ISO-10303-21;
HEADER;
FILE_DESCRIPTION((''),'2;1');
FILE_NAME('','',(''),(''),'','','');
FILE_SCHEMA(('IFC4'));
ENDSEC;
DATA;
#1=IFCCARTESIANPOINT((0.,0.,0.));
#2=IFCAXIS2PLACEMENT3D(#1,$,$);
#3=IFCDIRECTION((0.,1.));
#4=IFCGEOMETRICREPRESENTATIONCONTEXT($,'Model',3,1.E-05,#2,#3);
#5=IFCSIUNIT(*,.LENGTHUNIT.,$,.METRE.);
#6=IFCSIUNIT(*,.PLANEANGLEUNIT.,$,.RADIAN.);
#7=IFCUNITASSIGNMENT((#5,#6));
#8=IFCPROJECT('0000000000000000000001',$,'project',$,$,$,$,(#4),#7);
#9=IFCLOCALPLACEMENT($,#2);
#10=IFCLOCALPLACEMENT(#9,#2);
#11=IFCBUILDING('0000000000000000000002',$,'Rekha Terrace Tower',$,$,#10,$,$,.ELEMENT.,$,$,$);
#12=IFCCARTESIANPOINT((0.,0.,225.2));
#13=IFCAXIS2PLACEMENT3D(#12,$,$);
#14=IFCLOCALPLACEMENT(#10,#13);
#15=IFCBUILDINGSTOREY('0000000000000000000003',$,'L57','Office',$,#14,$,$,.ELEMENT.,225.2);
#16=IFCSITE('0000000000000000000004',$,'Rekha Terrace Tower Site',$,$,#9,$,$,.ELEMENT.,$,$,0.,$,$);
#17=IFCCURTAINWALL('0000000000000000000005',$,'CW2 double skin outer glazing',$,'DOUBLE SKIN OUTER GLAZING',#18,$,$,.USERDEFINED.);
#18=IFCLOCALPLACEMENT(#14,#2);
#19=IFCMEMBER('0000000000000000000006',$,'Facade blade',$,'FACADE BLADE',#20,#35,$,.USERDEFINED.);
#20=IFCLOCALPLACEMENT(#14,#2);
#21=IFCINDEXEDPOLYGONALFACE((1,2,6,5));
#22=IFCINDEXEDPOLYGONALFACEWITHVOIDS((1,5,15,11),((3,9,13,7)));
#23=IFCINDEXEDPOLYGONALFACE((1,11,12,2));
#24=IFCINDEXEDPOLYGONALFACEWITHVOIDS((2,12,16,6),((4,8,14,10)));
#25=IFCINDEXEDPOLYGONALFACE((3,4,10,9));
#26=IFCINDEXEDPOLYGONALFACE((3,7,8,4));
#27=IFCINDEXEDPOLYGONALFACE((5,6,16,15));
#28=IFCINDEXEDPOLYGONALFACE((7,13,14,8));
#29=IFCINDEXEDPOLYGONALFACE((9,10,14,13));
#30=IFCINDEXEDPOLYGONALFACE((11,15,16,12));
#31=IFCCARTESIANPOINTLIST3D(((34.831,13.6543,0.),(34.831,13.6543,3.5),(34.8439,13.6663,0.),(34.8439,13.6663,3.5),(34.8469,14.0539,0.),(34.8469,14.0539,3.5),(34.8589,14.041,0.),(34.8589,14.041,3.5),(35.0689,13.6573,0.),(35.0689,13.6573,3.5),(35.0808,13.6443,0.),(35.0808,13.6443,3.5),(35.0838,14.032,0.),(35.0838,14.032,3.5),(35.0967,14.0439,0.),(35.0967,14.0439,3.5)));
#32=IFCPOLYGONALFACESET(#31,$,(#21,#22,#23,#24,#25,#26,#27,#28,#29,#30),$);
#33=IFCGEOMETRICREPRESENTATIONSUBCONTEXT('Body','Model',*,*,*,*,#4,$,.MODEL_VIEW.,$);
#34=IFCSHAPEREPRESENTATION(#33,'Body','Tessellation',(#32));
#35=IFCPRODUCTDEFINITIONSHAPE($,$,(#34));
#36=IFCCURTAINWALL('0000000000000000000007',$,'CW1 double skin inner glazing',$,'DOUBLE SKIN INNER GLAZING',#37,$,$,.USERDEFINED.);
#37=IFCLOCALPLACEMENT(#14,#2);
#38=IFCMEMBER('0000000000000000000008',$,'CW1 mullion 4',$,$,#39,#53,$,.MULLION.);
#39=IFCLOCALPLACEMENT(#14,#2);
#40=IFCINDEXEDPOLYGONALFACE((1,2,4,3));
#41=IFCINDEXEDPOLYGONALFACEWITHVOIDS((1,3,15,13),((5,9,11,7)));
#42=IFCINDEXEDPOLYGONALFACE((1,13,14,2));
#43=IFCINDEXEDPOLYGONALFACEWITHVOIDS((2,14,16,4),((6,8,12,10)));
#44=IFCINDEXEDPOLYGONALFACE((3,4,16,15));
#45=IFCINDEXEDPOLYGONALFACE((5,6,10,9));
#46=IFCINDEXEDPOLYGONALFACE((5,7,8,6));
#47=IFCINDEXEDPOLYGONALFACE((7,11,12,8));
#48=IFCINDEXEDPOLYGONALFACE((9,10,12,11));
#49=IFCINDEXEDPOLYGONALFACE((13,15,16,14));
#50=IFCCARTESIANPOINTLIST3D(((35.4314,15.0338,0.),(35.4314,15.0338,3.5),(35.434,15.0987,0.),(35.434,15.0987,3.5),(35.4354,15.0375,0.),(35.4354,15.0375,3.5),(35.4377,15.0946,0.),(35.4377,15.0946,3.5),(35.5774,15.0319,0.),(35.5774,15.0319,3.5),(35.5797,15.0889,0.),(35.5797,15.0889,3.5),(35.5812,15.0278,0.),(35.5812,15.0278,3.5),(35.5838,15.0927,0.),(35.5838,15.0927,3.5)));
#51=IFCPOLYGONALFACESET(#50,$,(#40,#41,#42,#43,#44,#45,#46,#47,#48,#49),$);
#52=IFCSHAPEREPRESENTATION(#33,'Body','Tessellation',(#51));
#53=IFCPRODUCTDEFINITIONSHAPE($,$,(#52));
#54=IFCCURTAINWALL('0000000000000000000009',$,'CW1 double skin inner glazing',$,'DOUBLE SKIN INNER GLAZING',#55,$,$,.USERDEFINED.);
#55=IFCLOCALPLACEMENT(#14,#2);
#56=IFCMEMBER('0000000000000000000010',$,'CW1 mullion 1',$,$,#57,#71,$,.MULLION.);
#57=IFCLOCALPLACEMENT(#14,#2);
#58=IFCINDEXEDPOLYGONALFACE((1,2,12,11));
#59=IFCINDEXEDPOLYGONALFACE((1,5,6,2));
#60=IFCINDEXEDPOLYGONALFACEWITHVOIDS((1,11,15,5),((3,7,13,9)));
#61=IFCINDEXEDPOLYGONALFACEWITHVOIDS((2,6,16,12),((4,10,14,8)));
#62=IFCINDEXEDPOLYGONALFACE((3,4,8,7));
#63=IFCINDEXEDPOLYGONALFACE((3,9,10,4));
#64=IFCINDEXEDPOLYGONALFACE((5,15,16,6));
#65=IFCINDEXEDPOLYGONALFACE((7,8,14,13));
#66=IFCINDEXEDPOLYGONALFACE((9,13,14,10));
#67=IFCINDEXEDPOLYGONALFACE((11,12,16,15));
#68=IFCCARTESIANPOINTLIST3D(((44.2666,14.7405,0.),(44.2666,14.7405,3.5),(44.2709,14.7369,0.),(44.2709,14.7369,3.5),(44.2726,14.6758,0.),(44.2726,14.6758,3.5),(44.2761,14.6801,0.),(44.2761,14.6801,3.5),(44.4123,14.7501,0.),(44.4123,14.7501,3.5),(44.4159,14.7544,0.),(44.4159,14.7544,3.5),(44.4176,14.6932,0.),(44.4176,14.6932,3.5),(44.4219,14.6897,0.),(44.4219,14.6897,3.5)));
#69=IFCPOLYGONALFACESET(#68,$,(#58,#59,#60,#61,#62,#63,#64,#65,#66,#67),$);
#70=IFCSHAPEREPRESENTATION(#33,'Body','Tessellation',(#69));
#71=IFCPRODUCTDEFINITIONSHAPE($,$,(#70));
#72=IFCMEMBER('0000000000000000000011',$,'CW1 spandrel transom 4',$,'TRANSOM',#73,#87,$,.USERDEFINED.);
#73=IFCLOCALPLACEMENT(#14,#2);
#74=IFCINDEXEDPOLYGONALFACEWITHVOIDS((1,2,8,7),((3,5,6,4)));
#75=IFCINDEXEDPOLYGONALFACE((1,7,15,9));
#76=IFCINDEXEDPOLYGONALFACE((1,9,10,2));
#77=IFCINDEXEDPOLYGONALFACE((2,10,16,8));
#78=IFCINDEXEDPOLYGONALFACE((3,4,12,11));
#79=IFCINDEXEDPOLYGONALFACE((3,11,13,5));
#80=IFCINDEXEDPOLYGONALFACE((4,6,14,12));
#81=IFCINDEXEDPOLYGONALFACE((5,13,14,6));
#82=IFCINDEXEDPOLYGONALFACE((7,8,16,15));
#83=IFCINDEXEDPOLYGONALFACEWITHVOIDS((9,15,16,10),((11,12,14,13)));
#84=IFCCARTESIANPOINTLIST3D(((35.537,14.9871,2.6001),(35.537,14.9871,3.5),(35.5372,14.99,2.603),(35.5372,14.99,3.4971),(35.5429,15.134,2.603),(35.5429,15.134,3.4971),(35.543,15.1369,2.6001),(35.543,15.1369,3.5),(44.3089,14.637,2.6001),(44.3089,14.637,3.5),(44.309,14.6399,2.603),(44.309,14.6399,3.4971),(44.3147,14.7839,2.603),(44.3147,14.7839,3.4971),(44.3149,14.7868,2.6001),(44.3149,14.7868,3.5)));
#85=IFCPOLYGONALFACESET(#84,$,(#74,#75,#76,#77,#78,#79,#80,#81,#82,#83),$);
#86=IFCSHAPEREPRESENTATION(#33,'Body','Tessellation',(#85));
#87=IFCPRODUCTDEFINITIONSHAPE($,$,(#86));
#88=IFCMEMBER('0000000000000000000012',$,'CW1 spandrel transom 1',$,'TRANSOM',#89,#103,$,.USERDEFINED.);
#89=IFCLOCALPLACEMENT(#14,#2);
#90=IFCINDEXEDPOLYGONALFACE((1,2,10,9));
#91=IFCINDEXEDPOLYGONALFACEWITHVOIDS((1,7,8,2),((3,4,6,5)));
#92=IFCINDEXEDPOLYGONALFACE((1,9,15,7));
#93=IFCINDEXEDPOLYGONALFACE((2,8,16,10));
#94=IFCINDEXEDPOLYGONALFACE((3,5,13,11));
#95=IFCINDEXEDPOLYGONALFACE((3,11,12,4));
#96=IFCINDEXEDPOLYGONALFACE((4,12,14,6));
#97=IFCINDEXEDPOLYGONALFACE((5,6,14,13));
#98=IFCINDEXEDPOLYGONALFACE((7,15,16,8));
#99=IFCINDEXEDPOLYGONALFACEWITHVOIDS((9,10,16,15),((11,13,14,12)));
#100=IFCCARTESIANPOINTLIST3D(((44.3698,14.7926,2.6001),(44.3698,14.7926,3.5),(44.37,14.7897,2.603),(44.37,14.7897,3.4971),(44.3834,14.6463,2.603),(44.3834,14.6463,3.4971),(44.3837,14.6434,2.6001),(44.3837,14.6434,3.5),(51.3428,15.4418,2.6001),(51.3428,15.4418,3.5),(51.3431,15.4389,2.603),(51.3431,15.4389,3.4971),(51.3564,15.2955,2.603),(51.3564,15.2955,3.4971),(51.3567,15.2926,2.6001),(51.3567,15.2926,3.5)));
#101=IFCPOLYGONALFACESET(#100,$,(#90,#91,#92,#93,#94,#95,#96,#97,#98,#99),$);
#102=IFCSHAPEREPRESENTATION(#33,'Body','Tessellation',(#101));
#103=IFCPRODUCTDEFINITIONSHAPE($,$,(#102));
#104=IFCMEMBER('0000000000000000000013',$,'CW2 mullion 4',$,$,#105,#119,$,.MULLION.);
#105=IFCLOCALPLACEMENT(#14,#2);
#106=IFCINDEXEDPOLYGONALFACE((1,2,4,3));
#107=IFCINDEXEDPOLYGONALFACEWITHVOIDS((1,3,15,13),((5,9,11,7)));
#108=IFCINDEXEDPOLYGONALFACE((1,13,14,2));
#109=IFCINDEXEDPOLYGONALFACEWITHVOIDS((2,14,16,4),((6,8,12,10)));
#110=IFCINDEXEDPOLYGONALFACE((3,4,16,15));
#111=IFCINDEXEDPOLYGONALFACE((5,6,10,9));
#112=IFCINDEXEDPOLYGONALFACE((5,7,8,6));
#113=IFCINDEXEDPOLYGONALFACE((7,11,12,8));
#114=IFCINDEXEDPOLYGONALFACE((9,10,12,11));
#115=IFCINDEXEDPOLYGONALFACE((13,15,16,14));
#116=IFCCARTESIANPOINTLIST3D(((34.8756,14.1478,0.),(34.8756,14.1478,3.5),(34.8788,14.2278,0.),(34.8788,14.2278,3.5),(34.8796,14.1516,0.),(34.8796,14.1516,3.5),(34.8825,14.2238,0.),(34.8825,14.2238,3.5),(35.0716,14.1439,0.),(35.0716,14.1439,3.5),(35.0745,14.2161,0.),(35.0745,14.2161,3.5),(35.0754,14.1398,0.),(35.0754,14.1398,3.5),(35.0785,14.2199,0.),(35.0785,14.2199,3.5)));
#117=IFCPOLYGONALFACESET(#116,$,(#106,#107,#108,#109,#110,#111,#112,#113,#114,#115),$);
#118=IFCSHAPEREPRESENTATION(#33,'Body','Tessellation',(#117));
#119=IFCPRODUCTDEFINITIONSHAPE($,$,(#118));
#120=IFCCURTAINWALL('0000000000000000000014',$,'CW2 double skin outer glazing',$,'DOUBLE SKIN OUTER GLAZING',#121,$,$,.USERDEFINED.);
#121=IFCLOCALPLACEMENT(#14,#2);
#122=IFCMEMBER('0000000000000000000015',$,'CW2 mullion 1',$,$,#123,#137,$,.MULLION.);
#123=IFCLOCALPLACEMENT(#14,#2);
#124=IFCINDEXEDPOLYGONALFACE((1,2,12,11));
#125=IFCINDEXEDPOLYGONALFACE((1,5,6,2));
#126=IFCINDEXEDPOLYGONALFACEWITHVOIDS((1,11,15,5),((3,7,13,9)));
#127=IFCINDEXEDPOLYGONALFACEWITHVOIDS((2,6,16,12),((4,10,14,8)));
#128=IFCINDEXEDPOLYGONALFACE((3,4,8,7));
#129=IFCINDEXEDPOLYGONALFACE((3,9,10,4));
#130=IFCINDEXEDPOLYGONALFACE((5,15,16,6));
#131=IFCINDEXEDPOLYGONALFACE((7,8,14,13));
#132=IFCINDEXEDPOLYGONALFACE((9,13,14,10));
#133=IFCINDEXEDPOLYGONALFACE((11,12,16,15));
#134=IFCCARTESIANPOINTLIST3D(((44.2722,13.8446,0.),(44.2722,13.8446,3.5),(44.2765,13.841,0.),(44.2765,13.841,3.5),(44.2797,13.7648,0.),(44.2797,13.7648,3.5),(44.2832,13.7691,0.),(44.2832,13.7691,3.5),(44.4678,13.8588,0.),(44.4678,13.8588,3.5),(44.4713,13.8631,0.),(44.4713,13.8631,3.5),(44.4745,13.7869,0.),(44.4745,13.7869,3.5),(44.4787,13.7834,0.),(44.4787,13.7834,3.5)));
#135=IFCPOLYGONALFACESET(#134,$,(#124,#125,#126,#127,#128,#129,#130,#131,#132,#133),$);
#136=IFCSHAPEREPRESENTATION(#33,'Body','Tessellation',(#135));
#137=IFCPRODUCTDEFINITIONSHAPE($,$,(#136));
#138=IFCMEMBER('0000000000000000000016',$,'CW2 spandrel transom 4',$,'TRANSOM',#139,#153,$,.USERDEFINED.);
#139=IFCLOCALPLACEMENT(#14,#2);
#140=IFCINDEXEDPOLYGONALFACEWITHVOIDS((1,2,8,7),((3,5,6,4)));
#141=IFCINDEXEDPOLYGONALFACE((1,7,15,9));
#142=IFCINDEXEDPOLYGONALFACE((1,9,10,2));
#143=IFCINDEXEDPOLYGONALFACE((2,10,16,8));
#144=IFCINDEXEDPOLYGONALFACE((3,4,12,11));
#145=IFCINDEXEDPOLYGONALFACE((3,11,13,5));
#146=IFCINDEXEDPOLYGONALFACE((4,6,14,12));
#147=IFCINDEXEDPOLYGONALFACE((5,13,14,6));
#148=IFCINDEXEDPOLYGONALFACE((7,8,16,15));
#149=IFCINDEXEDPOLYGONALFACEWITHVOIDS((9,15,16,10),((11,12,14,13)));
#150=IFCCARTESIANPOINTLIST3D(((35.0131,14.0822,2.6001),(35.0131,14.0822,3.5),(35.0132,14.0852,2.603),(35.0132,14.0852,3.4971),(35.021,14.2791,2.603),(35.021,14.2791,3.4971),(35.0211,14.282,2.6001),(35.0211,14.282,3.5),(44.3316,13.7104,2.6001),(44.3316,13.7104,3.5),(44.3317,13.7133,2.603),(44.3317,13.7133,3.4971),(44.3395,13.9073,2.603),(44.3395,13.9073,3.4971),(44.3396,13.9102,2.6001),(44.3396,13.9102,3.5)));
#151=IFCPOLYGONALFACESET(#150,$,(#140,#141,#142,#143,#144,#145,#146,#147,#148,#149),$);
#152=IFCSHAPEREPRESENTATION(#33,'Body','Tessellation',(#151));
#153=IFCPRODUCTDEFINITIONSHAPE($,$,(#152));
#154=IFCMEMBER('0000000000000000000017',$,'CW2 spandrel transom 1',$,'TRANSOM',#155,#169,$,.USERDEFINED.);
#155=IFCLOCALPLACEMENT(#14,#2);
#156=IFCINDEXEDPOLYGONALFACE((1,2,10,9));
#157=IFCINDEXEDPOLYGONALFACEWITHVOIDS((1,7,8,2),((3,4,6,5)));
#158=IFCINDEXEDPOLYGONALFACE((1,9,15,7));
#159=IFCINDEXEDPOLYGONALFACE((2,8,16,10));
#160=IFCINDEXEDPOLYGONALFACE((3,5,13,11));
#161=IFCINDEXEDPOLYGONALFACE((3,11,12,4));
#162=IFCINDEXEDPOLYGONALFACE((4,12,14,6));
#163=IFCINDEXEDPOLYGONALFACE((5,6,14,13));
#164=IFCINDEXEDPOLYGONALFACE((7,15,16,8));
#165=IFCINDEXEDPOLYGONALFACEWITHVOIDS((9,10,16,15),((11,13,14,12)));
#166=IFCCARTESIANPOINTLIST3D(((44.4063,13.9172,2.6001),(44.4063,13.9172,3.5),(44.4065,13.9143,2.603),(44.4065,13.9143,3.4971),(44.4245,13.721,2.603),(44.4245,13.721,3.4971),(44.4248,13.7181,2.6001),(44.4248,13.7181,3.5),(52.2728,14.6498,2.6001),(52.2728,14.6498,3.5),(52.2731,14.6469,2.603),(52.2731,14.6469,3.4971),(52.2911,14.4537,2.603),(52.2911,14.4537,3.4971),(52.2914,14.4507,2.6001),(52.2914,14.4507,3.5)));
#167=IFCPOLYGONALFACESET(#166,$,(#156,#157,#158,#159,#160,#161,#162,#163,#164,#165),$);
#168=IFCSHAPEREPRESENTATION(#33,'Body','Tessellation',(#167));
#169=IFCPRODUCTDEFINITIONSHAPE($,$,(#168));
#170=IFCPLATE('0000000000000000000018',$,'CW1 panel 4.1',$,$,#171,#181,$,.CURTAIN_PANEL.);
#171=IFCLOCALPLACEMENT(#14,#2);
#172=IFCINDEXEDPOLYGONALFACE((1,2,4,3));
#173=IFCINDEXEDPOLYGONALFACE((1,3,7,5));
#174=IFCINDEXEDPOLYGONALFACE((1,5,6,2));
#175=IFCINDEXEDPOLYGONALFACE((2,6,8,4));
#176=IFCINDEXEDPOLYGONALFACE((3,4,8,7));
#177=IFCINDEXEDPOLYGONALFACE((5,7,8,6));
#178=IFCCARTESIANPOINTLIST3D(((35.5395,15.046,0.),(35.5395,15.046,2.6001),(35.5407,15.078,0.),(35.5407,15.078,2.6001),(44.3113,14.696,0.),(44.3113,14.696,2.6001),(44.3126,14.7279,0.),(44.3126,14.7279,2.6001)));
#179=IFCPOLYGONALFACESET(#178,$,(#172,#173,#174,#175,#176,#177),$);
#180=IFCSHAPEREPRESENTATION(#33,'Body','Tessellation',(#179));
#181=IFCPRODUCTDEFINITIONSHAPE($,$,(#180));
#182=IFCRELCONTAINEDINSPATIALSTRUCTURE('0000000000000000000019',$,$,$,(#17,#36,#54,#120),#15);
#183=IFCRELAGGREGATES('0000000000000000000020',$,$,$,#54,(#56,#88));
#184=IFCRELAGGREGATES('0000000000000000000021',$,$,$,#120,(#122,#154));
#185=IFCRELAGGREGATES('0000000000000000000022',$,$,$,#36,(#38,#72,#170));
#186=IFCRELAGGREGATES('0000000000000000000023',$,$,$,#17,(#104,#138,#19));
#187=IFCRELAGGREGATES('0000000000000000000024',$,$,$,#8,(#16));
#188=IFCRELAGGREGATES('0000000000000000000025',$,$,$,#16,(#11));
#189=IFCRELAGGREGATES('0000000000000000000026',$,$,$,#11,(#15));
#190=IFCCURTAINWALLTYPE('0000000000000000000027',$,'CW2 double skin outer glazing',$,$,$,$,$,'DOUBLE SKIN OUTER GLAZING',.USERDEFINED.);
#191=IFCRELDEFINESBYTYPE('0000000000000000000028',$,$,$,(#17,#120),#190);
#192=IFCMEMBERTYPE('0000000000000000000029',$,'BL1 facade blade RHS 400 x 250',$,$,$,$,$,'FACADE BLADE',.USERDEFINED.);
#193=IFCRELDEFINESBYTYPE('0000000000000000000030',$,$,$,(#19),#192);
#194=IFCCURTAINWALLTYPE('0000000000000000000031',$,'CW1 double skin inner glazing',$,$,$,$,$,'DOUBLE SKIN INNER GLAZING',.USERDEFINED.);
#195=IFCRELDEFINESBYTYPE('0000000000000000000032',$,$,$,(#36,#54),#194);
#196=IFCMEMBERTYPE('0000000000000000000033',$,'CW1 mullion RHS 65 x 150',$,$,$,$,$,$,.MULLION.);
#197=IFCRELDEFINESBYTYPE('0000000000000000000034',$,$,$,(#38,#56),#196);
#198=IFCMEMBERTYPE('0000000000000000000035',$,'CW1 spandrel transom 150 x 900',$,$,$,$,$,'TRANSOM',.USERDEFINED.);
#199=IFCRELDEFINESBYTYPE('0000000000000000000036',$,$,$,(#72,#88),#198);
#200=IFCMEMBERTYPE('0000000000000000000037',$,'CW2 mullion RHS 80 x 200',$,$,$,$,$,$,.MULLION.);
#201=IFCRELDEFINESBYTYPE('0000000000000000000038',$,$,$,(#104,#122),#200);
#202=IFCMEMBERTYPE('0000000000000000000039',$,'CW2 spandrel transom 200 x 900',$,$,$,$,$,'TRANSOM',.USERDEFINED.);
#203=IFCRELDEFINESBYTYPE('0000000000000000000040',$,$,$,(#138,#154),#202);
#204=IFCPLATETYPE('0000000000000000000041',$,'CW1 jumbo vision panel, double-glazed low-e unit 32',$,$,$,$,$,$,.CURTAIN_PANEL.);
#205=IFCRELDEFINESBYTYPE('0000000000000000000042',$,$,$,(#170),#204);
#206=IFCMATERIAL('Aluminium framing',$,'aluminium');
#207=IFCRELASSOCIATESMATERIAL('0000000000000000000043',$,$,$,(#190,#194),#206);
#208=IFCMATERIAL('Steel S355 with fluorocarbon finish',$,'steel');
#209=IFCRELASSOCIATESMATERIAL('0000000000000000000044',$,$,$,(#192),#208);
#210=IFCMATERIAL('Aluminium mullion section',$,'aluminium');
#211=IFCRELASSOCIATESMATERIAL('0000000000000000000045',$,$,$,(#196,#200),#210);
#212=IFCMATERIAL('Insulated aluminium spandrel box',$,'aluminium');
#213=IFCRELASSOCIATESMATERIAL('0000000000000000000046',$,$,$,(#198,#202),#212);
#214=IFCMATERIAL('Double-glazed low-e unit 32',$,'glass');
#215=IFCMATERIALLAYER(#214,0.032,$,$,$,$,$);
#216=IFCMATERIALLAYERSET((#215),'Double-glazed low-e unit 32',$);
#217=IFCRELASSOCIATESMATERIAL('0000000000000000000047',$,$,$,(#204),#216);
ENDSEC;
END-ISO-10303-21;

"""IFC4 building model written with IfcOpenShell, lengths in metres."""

from ifc_helpers import new_model, si_unit, direction, frame, origin, origin_2d, place, context, subcontext, project, spatial, rectangle, hollow_rectangle, extrude, material, layer, layer_set, material_profile, profile_set, type_object, element, aggregate, save


model = new_model("IFC4")

# Units and contexts
model_context = context("Model", 3, precision=1e-05, world=origin(), true_north=direction((0.0, 1.0)))
body_context = subcontext(model_context, "Body", "Model", "MODEL_VIEW")
ifc_project = project(units=[si_unit("LENGTHUNIT", "METRE"), si_unit("PLANEANGLEUNIT", "RADIAN")], contexts=[model_context])

# Site, building, storey
site_placement = place(None, origin())
site = spatial("IfcSite", under=ifc_project, at=site_placement, Name="Rekha Terrace Tower Site", CompositionType="ELEMENT", RefElevation=0.0)
building_placement = place(site_placement, origin())
building = spatial("IfcBuilding", under=site, at=building_placement, Name="Rekha Terrace Tower", CompositionType="ELEMENT")
storey_placement = place(building_placement, frame((0.0, 0.0, 225.2)))
storey = spatial("IfcBuildingStorey", under=building, at=storey_placement, Name="L57", Description="Office", CompositionType="ELEMENT", Elevation=225.2)

# Curtain walls, members
ifc_material_1 = material(Name="Aluminium framing", Category="aluminium")
curtain_wall_type_1 = type_object("IfcCurtainWallType", Name="CW2 double skin outer glazing", ElementType="DOUBLE SKIN OUTER GLAZING", PredefinedType="USERDEFINED", material=ifc_material_1)
curtain_wall_1_placement = place(storey_placement, origin())
curtain_wall_1 = element("IfcCurtainWall", 1, at=curtain_wall_1_placement, inside=storey, type_object=curtain_wall_type_1, Name="CW2 double skin outer glazing", ObjectType="DOUBLE SKIN OUTER GLAZING", PredefinedType="USERDEFINED")
ifc_material_2 = material(Name="Steel S355 with fluorocarbon finish", Category="steel")
ifc_material_profile_1 = material_profile(ifc_material_2, hollow_rectangle(XDim=0.25, YDim=0.3999, WallThickness=0.0125, at=origin_2d()), Name="RHS400x250x12.5")
ifc_profile_set_1 = profile_set([ifc_material_profile_1], Name="Steel S355 with fluorocarbon finish")
member_type_1 = type_object("IfcMemberType", Name="BL1 facade blade RHS 400 x 250", ElementType="FACADE BLADE", PredefinedType="USERDEFINED", material=ifc_profile_set_1)
member_1_placement = place(storey_placement, frame((34.9639, 13.8491, 0.0), z_axis=(0.0, 0.0, 1.0), x_axis=(0.999205, -0.039872, 0.0)))
member_1 = element("IfcMember", 2, at=member_1_placement, type_object=member_type_1, Name="Facade blade", ObjectType="FACADE BLADE", PredefinedType="USERDEFINED", context=body_context, shape_type="SweptSolid", body=[
    extrude(hollow_rectangle(XDim=0.25, YDim=0.3999, WallThickness=0.0125, at=origin_2d()), origin(), (0.0, 0.0, 1.0), 3.5),
])
curtain_wall_type_2 = type_object("IfcCurtainWallType", Name="CW1 double skin inner glazing", ElementType="DOUBLE SKIN INNER GLAZING", PredefinedType="USERDEFINED", material=ifc_material_1)
curtain_wall_2_placement = place(storey_placement, origin())
curtain_wall_2 = element("IfcCurtainWall", 3, at=curtain_wall_2_placement, inside=storey, type_object=curtain_wall_type_2, Name="CW1 double skin inner glazing", ObjectType="DOUBLE SKIN INNER GLAZING", PredefinedType="USERDEFINED")
ifc_material_3 = material(Name="Aluminium mullion section", Category="aluminium")
ifc_material_profile_2 = material_profile(ifc_material_3, hollow_rectangle(XDim=0.0649, YDim=0.1499, WallThickness=0.0039, at=origin_2d()), Name="AL RHS 65x150")
ifc_profile_set_2 = profile_set([ifc_material_profile_2], Name="Aluminium mullion section")
member_type_2 = type_object("IfcMemberType", Name="CW1 mullion RHS 65 x 150", PredefinedType="MULLION", material=ifc_profile_set_2)
member_2_placement = place(storey_placement, frame((35.5076, 15.0632, 0.0), z_axis=(0.0, 0.0, 1.0), x_axis=(0.039872, 0.999205, 0.0)))
member_2 = element("IfcMember", 4, at=member_2_placement, type_object=member_type_2, Name="CW1 mullion 4", PredefinedType="MULLION", context=body_context, shape_type="SweptSolid", body=[
    extrude(hollow_rectangle(XDim=0.0649, YDim=0.1499, WallThickness=0.0039, at=origin_2d()), origin(), (0.0, 0.0, 1.0), 3.5),
])
curtain_wall_3_placement = place(storey_placement, origin())
curtain_wall_3 = element("IfcCurtainWall", 5, at=curtain_wall_3_placement, inside=storey, type_object=curtain_wall_type_2, Name="CW1 double skin inner glazing", ObjectType="DOUBLE SKIN INNER GLAZING", PredefinedType="USERDEFINED")
member_3_placement = place(storey_placement, frame((44.3442, 14.7151, 0.0), z_axis=(0.0, 0.0, 1.0), x_axis=(-0.092709, 0.995693, 0.0)))
member_3 = element("IfcMember", 6, at=member_3_placement, type_object=member_type_2, Name="CW1 mullion 1", PredefinedType="MULLION", context=body_context, shape_type="SweptSolid", body=[
    extrude(hollow_rectangle(XDim=0.0649, YDim=0.1499, WallThickness=0.0039, at=origin_2d()), origin(), (0.0, 0.0, 1.0), 3.5),
])

# Members
ifc_material_4 = material(Name="Insulated aluminium spandrel box", Category="aluminium")
ifc_material_profile_3 = material_profile(ifc_material_4, hollow_rectangle(XDim=0.1499, YDim=0.8999, WallThickness=0.0029, at=origin_2d()), Name="AL SPANDREL BOX 150x900")
ifc_profile_set_3 = profile_set([ifc_material_profile_3], Name="Insulated aluminium spandrel box")
member_type_3 = type_object("IfcMemberType", Name="CW1 spandrel transom 150 x 900", ElementType="TRANSOM", PredefinedType="USERDEFINED", material=ifc_profile_set_3)
member_4_placement = place(storey_placement, frame((35.54, 15.062, 3.05), z_axis=(0.999204, -0.03988, 0.0), x_axis=(0.03988, 0.999204, 0.0)))
member_4 = element("IfcMember", 7, at=member_4_placement, type_object=member_type_3, Name="CW1 spandrel transom 4", ObjectType="TRANSOM", PredefinedType="USERDEFINED", context=body_context, shape_type="SweptSolid", body=[
    extrude(hollow_rectangle(XDim=0.1499, YDim=0.8999, WallThickness=0.0029, at=origin_2d()), origin(), (0.0, 0.0, 1.0), 8.7788),
])
member_5_placement = place(storey_placement, frame((44.3767, 14.718, 3.05), z_axis=(0.995694, 0.092698, 0.0), x_axis=(-0.092698, 0.995694, 0.0)))
member_5 = element("IfcMember", 8, at=member_5_placement, type_object=member_type_3, Name="CW1 spandrel transom 1", ObjectType="TRANSOM", PredefinedType="USERDEFINED", context=body_context, shape_type="SweptSolid", body=[
    extrude(hollow_rectangle(XDim=0.1499, YDim=0.8999, WallThickness=0.0029, at=origin_2d()), origin(), (0.0, 0.0, 1.0), 7.0032),
])
aggregate(curtain_wall_3, [member_3, member_5])
ifc_material_profile_4 = material_profile(ifc_material_3, hollow_rectangle(XDim=0.0801, YDim=0.2, WallThickness=0.0039, at=origin_2d()), Name="AL RHS 80x200")
ifc_profile_set_4 = profile_set([ifc_material_profile_4], Name="Aluminium mullion section")
member_type_4 = type_object("IfcMemberType", Name="CW2 mullion RHS 80 x 200", PredefinedType="MULLION", material=ifc_profile_set_4)
member_6_placement = place(storey_placement, frame((34.9771, 14.1838, 0.0), z_axis=(0.0, 0.0, 1.0), x_axis=(0.039872, 0.999205, 0.0)))
member_6 = element("IfcMember", 9, at=member_6_placement, type_object=member_type_4, Name="CW2 mullion 4", PredefinedType="MULLION", context=body_context, shape_type="SweptSolid", body=[
    extrude(hollow_rectangle(XDim=0.0801, YDim=0.2, WallThickness=0.0039, at=origin_2d()), origin(), (0.0, 0.0, 1.0), 3.5),
])

# Curtain wall, member
curtain_wall_4_placement = place(storey_placement, origin())
curtain_wall_4 = element("IfcCurtainWall", 10, at=curtain_wall_4_placement, inside=storey, type_object=curtain_wall_type_1, Name="CW2 double skin outer glazing", ObjectType="DOUBLE SKIN OUTER GLAZING", PredefinedType="USERDEFINED")
member_7_placement = place(storey_placement, frame((44.3755, 13.814, 0.0), z_axis=(0.0, 0.0, 1.0), x_axis=(-0.092709, 0.995693, 0.0)))
member_7 = element("IfcMember", 11, at=member_7_placement, type_object=member_type_4, Name="CW2 mullion 1", PredefinedType="MULLION", context=body_context, shape_type="SweptSolid", body=[
    extrude(hollow_rectangle(XDim=0.0801, YDim=0.2, WallThickness=0.0039, at=origin_2d()), origin(), (0.0, 0.0, 1.0), 3.5),
])

# Members
ifc_material_profile_5 = material_profile(ifc_material_4, hollow_rectangle(XDim=0.2, YDim=0.8999, WallThickness=0.0029, at=origin_2d()), Name="AL SPANDREL BOX 200x900")
ifc_profile_set_5 = profile_set([ifc_material_profile_5], Name="Insulated aluminium spandrel box")
member_type_5 = type_object("IfcMemberType", Name="CW2 spandrel transom 200 x 900", ElementType="TRANSOM", PredefinedType="USERDEFINED", material=ifc_profile_set_5)
member_8_placement = place(storey_placement, frame((35.0171, 14.1821, 3.05), z_axis=(0.999205, -0.03987, 0.0), x_axis=(0.03987, 0.999205, 0.0)))
member_8 = element("IfcMember", 12, at=member_8_placement, type_object=member_type_5, Name="CW2 spandrel transom 4", ObjectType="TRANSOM", PredefinedType="USERDEFINED", context=body_context, shape_type="SweptSolid", body=[
    extrude(hollow_rectangle(XDim=0.2, YDim=0.8999, WallThickness=0.0029, at=origin_2d()), origin(), (0.0, 0.0, 1.0), 9.3259),
])
member_9_placement = place(storey_placement, frame((44.4155, 13.8176, 3.05), z_axis=(0.995691, 0.092734, 0.0), x_axis=(-0.092734, 0.995691, 0.0)))
member_9 = element("IfcMember", 13, at=member_9_placement, type_object=member_type_5, Name="CW2 spandrel transom 1", ObjectType="TRANSOM", PredefinedType="USERDEFINED", context=body_context, shape_type="SweptSolid", body=[
    extrude(hollow_rectangle(XDim=0.2, YDim=0.8999, WallThickness=0.0029, at=origin_2d()), origin(), (0.0, 0.0, 1.0), 7.9006),
])
aggregate(curtain_wall_4, [member_7, member_9])

# Plate
ifc_material_5 = material(Name="Double-glazed low-e unit 32", Category="glass")
ifc_layer_1 = layer(ifc_material_5, 0.032)
ifc_layer_set_1 = layer_set([ifc_layer_1], Name="Double-glazed low-e unit 32")
plate_type_1 = type_object("IfcPlateType", Name="CW1 jumbo vision panel, double-glazed low-e unit 32", PredefinedType="CURTAIN_PANEL", material=ifc_layer_set_1)
plate_1_placement = place(storey_placement, frame((39.926, 14.887, 0.0), z_axis=(0.0, 0.0, 1.0), x_axis=(0.999205, -0.039872, 0.0)))
plate_1 = element("IfcPlate", 14, at=plate_1_placement, type_object=plate_type_1, Name="CW1 panel 4.1", PredefinedType="CURTAIN_PANEL", context=body_context, shape_type="SweptSolid", body=[
    extrude(rectangle(XDim=8.7788, YDim=0.032, at=origin_2d()), origin(), (0.0, 0.0, 1.0), 2.6001),
])
aggregate(curtain_wall_2, [member_2, member_4, plate_1])
aggregate(curtain_wall_1, [member_6, member_8, member_1])

save(model, "model.ifc")
